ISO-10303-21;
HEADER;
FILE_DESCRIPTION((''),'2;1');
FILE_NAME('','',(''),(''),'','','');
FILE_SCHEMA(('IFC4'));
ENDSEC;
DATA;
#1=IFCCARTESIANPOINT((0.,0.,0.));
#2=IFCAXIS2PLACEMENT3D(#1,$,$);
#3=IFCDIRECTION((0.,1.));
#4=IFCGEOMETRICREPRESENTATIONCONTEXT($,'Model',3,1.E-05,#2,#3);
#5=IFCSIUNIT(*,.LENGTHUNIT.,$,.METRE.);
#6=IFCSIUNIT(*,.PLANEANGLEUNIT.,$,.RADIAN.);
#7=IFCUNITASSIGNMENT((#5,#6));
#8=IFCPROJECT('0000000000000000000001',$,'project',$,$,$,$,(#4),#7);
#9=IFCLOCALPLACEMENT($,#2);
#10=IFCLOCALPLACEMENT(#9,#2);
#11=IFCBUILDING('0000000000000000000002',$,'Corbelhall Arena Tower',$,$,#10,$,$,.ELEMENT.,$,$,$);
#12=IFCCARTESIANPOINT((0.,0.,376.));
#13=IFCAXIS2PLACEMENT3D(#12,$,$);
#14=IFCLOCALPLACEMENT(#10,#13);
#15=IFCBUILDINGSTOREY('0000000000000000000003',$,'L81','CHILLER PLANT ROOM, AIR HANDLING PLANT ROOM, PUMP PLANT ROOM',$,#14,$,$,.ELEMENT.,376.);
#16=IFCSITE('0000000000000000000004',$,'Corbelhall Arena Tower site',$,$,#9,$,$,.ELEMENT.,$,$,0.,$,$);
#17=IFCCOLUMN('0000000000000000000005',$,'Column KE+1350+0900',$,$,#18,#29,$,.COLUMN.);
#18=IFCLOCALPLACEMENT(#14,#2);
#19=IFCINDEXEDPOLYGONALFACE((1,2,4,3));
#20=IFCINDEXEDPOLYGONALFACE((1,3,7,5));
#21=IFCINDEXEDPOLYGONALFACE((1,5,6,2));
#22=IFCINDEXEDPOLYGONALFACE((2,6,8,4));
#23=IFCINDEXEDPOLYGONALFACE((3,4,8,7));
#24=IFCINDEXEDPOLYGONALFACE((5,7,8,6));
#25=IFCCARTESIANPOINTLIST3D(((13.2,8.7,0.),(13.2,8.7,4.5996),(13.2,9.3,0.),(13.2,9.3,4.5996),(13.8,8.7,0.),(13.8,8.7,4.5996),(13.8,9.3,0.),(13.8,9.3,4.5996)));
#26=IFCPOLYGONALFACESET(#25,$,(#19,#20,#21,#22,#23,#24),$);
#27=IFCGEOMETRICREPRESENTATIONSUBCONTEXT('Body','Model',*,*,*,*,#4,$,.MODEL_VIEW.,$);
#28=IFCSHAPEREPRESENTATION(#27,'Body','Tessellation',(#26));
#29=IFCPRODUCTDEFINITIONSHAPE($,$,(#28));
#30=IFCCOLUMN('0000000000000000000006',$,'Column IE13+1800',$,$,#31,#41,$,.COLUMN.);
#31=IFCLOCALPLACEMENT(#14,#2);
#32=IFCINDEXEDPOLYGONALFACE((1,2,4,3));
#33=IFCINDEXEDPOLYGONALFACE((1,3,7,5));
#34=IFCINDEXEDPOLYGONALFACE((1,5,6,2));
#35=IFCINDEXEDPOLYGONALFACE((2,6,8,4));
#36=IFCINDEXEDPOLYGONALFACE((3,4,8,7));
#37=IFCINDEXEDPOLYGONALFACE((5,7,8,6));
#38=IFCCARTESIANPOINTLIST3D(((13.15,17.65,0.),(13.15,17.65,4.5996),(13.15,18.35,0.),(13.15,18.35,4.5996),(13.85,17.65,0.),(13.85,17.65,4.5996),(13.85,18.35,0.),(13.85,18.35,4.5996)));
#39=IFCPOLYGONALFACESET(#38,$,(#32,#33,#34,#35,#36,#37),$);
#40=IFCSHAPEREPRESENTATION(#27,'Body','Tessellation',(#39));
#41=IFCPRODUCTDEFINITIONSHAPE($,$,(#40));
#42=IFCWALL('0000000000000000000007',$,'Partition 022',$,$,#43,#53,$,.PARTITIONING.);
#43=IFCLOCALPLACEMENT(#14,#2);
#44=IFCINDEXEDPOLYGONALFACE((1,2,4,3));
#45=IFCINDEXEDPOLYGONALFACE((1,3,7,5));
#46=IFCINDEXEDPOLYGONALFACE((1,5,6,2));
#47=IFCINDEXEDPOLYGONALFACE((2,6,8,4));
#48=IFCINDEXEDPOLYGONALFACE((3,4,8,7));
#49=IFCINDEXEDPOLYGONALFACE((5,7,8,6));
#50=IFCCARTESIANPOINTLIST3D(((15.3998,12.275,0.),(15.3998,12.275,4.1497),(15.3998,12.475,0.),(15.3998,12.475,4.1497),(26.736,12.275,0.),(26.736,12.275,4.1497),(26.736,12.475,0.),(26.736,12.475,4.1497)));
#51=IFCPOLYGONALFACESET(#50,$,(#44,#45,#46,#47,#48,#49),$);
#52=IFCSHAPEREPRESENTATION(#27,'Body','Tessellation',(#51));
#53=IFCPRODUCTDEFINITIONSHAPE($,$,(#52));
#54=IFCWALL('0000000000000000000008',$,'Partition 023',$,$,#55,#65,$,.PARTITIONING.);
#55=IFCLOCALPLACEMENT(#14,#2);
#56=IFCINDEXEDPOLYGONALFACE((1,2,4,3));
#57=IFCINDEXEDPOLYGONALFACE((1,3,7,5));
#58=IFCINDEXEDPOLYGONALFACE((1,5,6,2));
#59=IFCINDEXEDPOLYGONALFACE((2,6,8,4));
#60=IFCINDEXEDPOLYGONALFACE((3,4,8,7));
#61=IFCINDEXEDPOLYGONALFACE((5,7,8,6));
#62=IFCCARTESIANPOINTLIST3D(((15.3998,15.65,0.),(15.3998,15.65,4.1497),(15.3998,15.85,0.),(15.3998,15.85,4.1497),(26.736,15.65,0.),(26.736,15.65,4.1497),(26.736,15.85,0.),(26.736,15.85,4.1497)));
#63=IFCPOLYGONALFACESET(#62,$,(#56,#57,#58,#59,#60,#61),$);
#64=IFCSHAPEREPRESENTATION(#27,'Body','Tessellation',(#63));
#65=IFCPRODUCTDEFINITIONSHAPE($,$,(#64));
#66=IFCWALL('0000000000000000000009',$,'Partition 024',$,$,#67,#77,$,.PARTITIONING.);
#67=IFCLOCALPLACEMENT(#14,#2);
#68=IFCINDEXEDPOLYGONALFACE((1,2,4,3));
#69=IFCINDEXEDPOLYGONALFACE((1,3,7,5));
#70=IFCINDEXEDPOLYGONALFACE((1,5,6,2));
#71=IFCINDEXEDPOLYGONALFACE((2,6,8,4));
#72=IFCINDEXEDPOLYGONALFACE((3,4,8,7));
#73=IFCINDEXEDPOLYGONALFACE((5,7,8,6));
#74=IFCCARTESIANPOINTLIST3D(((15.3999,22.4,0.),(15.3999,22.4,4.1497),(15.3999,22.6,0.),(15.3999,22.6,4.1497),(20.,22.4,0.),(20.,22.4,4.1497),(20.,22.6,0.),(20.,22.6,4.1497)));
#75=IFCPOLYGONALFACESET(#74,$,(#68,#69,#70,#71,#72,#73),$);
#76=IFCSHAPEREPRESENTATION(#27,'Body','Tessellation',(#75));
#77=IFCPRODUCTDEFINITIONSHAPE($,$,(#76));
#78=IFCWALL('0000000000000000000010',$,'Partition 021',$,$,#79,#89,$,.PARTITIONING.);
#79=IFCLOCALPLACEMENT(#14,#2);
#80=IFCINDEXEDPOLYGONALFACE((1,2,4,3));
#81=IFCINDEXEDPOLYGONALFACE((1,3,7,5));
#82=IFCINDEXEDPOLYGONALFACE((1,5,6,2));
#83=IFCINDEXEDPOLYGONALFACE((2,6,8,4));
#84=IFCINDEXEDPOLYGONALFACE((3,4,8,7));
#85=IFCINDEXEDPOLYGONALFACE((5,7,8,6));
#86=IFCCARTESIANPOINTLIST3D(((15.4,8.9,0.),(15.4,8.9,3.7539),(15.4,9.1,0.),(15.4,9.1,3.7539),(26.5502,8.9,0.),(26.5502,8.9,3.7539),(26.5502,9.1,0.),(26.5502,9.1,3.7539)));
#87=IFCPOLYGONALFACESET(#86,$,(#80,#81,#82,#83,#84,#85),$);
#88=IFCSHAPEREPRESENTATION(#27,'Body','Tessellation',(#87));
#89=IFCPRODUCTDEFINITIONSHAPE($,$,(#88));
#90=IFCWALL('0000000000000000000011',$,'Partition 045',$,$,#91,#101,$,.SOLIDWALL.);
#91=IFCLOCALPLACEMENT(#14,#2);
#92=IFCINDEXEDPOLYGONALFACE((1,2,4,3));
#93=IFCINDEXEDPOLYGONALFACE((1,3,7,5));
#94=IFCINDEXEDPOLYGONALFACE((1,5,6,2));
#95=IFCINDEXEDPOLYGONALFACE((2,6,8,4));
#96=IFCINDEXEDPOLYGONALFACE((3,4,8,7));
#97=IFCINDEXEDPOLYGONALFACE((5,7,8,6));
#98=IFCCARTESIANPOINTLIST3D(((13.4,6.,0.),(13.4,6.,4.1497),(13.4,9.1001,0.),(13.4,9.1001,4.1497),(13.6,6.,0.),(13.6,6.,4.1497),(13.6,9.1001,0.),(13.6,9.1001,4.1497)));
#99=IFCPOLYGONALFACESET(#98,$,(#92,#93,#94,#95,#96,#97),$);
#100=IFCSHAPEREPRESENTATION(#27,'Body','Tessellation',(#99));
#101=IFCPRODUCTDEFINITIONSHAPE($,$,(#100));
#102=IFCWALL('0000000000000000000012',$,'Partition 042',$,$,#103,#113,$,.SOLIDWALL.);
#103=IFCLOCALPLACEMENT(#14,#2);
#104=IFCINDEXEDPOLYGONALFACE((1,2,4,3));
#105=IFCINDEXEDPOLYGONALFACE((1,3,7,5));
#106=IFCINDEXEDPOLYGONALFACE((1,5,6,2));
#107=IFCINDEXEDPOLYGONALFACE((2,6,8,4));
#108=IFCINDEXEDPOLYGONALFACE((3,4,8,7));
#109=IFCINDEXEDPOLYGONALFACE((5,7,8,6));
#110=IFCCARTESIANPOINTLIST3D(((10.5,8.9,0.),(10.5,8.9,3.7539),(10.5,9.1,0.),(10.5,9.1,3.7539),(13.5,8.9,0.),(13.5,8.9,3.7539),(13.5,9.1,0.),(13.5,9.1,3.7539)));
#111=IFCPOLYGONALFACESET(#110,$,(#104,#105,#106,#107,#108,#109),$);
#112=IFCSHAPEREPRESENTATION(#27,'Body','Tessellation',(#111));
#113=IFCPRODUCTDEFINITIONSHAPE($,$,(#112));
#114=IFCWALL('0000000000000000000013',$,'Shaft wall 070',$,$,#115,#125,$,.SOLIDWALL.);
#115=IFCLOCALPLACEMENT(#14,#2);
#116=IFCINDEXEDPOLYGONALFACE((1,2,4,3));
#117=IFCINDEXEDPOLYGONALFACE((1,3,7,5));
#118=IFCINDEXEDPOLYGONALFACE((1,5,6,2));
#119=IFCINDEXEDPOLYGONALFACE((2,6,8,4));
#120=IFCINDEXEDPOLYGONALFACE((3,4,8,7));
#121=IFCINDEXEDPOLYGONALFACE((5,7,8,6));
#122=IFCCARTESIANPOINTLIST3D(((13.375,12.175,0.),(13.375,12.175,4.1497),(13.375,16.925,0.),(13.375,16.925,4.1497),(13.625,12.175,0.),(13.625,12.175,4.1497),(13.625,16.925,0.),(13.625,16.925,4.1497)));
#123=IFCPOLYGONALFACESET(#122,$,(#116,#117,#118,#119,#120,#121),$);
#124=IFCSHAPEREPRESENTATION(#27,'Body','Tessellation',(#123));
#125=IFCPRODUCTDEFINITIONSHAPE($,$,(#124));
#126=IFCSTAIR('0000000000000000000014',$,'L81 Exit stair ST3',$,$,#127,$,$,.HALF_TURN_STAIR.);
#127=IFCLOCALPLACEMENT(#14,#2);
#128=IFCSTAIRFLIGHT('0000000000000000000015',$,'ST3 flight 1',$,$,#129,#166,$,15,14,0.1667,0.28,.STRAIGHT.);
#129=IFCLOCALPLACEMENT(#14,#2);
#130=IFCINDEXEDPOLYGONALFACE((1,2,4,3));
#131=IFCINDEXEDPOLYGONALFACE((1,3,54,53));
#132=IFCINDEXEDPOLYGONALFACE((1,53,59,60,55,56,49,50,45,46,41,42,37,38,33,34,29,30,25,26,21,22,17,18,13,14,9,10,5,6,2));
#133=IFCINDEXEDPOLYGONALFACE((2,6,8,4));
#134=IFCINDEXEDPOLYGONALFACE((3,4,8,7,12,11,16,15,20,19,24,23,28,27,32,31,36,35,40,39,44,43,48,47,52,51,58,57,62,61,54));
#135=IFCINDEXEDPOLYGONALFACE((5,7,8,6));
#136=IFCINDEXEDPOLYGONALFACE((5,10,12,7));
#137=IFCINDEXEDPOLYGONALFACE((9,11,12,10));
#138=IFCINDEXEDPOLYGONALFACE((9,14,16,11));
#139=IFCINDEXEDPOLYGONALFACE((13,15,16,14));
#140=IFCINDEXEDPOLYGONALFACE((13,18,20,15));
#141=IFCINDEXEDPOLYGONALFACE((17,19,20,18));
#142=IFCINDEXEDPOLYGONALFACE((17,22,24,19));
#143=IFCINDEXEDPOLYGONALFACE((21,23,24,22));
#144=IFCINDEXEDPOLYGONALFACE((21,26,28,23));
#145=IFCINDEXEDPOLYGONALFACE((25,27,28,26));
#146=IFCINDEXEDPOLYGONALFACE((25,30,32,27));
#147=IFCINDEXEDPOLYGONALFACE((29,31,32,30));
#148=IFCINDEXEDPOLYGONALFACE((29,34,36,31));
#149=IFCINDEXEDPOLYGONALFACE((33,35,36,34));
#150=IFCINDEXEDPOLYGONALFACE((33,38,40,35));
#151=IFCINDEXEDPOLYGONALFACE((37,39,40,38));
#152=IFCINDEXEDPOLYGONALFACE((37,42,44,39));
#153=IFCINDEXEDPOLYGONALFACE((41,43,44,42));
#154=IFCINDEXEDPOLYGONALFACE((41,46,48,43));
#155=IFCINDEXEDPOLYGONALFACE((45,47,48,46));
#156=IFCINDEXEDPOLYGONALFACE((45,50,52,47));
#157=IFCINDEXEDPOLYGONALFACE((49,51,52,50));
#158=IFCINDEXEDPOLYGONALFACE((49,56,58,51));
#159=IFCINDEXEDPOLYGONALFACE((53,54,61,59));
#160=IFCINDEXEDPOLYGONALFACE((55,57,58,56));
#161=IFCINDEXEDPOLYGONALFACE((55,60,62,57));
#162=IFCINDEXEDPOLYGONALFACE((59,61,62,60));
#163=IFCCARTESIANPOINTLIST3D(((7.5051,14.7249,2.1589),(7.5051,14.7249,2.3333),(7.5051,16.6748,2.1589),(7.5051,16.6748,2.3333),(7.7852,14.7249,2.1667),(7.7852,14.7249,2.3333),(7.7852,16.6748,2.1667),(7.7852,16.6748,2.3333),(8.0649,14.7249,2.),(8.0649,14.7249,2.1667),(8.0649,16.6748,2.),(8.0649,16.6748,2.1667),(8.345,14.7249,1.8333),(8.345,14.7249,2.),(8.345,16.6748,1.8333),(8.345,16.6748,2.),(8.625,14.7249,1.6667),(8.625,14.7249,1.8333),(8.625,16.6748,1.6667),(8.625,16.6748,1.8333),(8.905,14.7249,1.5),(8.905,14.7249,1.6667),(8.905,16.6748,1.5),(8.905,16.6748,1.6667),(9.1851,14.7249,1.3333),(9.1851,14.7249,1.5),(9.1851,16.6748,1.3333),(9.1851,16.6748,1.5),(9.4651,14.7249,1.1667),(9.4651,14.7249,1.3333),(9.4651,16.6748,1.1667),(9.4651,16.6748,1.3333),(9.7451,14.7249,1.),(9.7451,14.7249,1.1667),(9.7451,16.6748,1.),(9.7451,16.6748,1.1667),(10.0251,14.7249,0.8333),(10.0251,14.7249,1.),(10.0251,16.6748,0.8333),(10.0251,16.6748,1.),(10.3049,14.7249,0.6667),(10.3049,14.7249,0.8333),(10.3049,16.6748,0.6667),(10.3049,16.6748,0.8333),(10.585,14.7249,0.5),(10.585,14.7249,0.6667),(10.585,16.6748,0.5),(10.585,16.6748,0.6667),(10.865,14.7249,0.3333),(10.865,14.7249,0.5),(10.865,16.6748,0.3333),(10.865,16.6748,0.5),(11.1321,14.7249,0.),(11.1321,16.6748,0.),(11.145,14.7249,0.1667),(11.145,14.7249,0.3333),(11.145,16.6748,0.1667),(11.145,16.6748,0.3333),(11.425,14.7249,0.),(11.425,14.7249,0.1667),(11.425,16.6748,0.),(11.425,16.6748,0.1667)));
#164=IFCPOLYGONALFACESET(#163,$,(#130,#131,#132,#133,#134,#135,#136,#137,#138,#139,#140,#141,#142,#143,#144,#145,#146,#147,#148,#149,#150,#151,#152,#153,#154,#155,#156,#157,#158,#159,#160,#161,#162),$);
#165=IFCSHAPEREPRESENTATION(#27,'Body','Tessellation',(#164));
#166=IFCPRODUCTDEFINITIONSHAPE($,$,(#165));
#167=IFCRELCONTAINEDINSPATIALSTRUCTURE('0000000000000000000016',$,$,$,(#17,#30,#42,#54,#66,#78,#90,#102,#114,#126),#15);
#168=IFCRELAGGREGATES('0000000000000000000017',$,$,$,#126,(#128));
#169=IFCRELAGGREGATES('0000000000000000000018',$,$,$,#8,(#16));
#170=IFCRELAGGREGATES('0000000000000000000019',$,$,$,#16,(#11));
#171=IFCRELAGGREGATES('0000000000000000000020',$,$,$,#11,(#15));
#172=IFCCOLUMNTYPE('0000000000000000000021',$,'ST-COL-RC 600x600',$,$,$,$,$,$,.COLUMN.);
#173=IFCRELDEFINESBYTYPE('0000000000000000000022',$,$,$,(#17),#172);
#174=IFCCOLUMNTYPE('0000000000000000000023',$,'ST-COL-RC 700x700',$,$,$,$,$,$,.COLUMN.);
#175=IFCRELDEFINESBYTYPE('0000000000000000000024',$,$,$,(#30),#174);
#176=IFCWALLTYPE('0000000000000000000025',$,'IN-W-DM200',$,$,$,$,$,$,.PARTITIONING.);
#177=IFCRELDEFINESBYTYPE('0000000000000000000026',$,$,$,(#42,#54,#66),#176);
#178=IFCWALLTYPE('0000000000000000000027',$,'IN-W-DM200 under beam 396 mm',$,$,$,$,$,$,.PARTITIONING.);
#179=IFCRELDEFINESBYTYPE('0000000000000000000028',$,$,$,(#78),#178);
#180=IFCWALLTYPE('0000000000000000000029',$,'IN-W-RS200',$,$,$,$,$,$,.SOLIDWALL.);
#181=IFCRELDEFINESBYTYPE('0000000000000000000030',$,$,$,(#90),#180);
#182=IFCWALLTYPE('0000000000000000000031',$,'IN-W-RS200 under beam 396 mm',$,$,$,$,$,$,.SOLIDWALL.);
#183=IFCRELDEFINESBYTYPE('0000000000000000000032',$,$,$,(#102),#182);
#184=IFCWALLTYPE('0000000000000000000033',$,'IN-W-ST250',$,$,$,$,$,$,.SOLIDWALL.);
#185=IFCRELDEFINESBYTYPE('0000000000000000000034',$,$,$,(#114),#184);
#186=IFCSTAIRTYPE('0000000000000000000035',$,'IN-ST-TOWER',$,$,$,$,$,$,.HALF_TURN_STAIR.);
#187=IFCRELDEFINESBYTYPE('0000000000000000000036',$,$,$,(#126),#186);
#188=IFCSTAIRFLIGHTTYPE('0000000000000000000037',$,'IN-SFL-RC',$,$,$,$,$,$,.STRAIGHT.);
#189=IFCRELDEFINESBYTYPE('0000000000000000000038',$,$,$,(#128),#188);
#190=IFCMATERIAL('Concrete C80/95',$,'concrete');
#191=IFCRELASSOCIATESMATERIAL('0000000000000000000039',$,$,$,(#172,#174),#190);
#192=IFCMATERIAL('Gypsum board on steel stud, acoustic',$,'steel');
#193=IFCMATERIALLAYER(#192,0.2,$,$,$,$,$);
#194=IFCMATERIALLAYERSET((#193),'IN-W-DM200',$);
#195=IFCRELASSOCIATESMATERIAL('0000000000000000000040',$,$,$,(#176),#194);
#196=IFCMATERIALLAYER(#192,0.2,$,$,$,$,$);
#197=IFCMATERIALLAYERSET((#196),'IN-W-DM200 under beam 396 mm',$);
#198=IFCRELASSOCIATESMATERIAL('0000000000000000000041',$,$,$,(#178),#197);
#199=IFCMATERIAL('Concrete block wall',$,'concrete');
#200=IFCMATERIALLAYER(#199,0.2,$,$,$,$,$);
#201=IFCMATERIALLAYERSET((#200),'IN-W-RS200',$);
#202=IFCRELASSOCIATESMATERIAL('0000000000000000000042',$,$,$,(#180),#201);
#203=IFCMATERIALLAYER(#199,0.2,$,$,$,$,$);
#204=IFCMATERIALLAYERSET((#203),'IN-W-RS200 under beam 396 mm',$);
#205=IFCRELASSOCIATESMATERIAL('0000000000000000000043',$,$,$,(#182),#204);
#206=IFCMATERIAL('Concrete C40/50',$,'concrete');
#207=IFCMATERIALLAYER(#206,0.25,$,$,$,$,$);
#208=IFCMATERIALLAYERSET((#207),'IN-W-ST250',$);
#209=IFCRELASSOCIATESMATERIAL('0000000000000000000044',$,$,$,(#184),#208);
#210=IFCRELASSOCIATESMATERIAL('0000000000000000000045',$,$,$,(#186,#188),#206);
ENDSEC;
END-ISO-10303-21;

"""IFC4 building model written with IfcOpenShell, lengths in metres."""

from ifc_helpers import new_model, si_unit, direction, frame, frame_2d, origin, origin_2d, place, context, subcontext, project, spatial, polyline, rectangle, outline, extrude, material, layer, layer_set, material_profile, profile_set, type_object, element, aggregate, save


model = new_model("IFC4")

# Units and contexts
model_context = context("Model", 3, precision=1e-05, world=origin(), true_north=direction((0.0, 1.0)))
body_context = subcontext(model_context, "Body", "Model", "MODEL_VIEW")
ifc_project = project(units=[si_unit("LENGTHUNIT", "METRE"), si_unit("PLANEANGLEUNIT", "RADIAN")], contexts=[model_context])

# Site, building, storey
site_placement = place(None, origin())
site = spatial("IfcSite", under=ifc_project, at=site_placement, Name="Corbelhall Arena Tower site", CompositionType="ELEMENT", RefElevation=0.0)
building_placement = place(site_placement, origin())
building = spatial("IfcBuilding", under=site, at=building_placement, Name="Corbelhall Arena Tower", CompositionType="ELEMENT")
storey_placement = place(building_placement, frame((0.0, 0.0, 376.0)))
storey = spatial("IfcBuildingStorey", under=building, at=storey_placement, Name="L81", Description="CHILLER PLANT ROOM, AIR HANDLING PLANT ROOM, PUMP PLANT ROOM", CompositionType="ELEMENT", Elevation=376.0)

# Columns
ifc_material_1 = material(Name="Concrete C80/95", Category="concrete")
ifc_material_profile_1 = material_profile(ifc_material_1, rectangle(XDim=0.6001, YDim=0.6001, at=origin_2d()))
ifc_profile_set_1 = profile_set([ifc_material_profile_1], Name="Concrete C80/95")
column_type_1 = type_object("IfcColumnType", Name="ST-COL-RC 600x600", PredefinedType="COLUMN", material=ifc_profile_set_1)
column_1_placement = place(storey_placement, frame((13.5, 9.0, 0.0), z_axis=(0.0, 0.0, 1.0), x_axis=(1.0, 0.0, 0.0)))
element("IfcColumn", 1, at=column_1_placement, inside=storey, type_object=column_type_1, Name="Column KE+1350+0900", PredefinedType="COLUMN", context=body_context, shape_type="SweptSolid", body=[
    extrude(rectangle(XDim=0.6001, YDim=0.6001, at=origin_2d()), origin(), (0.0, 0.0, 1.0), 4.5996),
])
ifc_material_profile_2 = material_profile(ifc_material_1, rectangle(XDim=0.7, YDim=0.7, at=origin_2d()))
ifc_profile_set_2 = profile_set([ifc_material_profile_2], Name="Concrete C80/95")
column_type_2 = type_object("IfcColumnType", Name="ST-COL-RC 700x700", PredefinedType="COLUMN", material=ifc_profile_set_2)
column_2_placement = place(storey_placement, frame((13.5, 18.0, 0.0), z_axis=(0.0, 0.0, 1.0), x_axis=(1.0, 0.0, 0.0)))
element("IfcColumn", 2, at=column_2_placement, inside=storey, type_object=column_type_2, Name="Column IE13+1800", PredefinedType="COLUMN", context=body_context, shape_type="SweptSolid", body=[
    extrude(rectangle(XDim=0.7, YDim=0.7, at=origin_2d()), origin(), (0.0, 0.0, 1.0), 4.5996),
])

# Shared definitions
ifc_material_2 = material(Name="Gypsum board on steel stud, acoustic", Category="steel")
ifc_layer_1 = layer(ifc_material_2, 0.2)
ifc_layer_set_1 = layer_set([ifc_layer_1], Name="IN-W-DM200")
wall_type_1 = type_object("IfcWallType", Name="IN-W-DM200", PredefinedType="PARTITIONING", material=ifc_layer_set_1)

# Walls
for number, where, z_axis, x_axis, name in (
    (3, (15.3999, 12.375, 0.0), (0.0, 0.0, 1.0), (1.0, 0.0, 0.0), "Partition 022"),
    (4, (15.3999, 15.75, 0.0), (0.0, 0.0, 1.0), (1.0, 0.0, 0.0), "Partition 023"),
):
    element("IfcWall", number, at=place(storey_placement, frame(where, z_axis=z_axis, x_axis=x_axis)), inside=storey, type_object=wall_type_1, Name=name, PredefinedType="PARTITIONING", context=body_context, shape_type="SweptSolid", body=[
        extrude(rectangle(XDim=11.3362, YDim=0.2, at=frame_2d((5.668, 0.0))), origin(), (0.0, 0.0, 1.0), 4.1497),
    ])
wall_1_placement = place(storey_placement, frame((15.3999, 22.5, 0.0), z_axis=(0.0, 0.0, 1.0), x_axis=(1.0, 0.0, 0.0)))
element("IfcWall", 5, at=wall_1_placement, inside=storey, type_object=wall_type_1, Name="Partition 024", PredefinedType="PARTITIONING", context=body_context, shape_type="SweptSolid", body=[
    extrude(rectangle(XDim=4.6001, YDim=0.2, at=frame_2d((2.3, 0.0))), origin(), (0.0, 0.0, 1.0), 4.1497),
])
ifc_layer_2 = layer(ifc_material_2, 0.2)
ifc_layer_set_2 = layer_set([ifc_layer_2], Name="IN-W-DM200 under beam 396 mm")
wall_type_2 = type_object("IfcWallType", Name="IN-W-DM200 under beam 396 mm", PredefinedType="PARTITIONING", material=ifc_layer_set_2)
wall_2_placement = place(storey_placement, frame((15.3999, 9.0, 0.0), z_axis=(0.0, 0.0, 1.0), x_axis=(1.0, 0.0, 0.0)))
element("IfcWall", 6, at=wall_2_placement, inside=storey, type_object=wall_type_2, Name="Partition 021", PredefinedType="PARTITIONING", context=body_context, shape_type="SweptSolid", body=[
    extrude(rectangle(XDim=11.1501, YDim=0.2, at=frame_2d((5.5752, 0.0))), origin(), (0.0, 0.0, 1.0), 3.7539),
])

# Shared definitions
ifc_material_3 = material(Name="Concrete block wall", Category="concrete")
ifc_layer_3 = layer(ifc_material_3, 0.2)
ifc_layer_set_3 = layer_set([ifc_layer_3], Name="IN-W-RS200")
wall_type_3 = type_object("IfcWallType", Name="IN-W-RS200", PredefinedType="SOLIDWALL", material=ifc_layer_set_3)

# Walls
wall_3_placement = place(storey_placement, frame((13.5, 9.1001, 0.0), z_axis=(0.0, 0.0, 1.0), x_axis=(0.0, -1.0, 0.0)))
element("IfcWall", 7, at=wall_3_placement, inside=storey, type_object=wall_type_3, Name="Partition 045", PredefinedType="SOLIDWALL", context=body_context, shape_type="SweptSolid", body=[
    extrude(rectangle(XDim=3.1001, YDim=0.2, at=frame_2d((1.55, 0.0))), origin(), (0.0, 0.0, 1.0), 4.1497),
])
ifc_layer_4 = layer(ifc_material_3, 0.2)
ifc_layer_set_4 = layer_set([ifc_layer_4], Name="IN-W-RS200 under beam 396 mm")
wall_type_4 = type_object("IfcWallType", Name="IN-W-RS200 under beam 396 mm", PredefinedType="SOLIDWALL", material=ifc_layer_set_4)
wall_4_placement = place(storey_placement, frame((10.5, 9.0, 0.0), z_axis=(0.0, 0.0, 1.0), x_axis=(1.0, 0.0, 0.0)))
element("IfcWall", 8, at=wall_4_placement, inside=storey, type_object=wall_type_4, Name="Partition 042", PredefinedType="SOLIDWALL", context=body_context, shape_type="SweptSolid", body=[
    extrude(rectangle(XDim=3.0, YDim=0.2, at=frame_2d((1.5, 0.0))), origin(), (0.0, 0.0, 1.0), 3.7539),
])
ifc_material_4 = material(Name="Concrete C40/50", Category="concrete")
ifc_layer_5 = layer(ifc_material_4, 0.25)
ifc_layer_set_5 = layer_set([ifc_layer_5], Name="IN-W-ST250")
wall_type_5 = type_object("IfcWallType", Name="IN-W-ST250", PredefinedType="SOLIDWALL", material=ifc_layer_set_5)
wall_5_placement = place(storey_placement, frame((13.5, 12.175, 0.0), z_axis=(0.0, 0.0, 1.0), x_axis=(0.0, 1.0, 0.0)))
element("IfcWall", 9, at=wall_5_placement, inside=storey, type_object=wall_type_5, Name="Shaft wall 070", PredefinedType="SOLIDWALL", context=body_context, shape_type="SweptSolid", body=[
    extrude(rectangle(XDim=4.75, YDim=0.25, at=frame_2d((2.375, 0.0))), origin(), (0.0, 0.0, 1.0), 4.1497),
])

# Stair, stair flight
stair_type = type_object("IfcStairType", Name="IN-ST-TOWER", PredefinedType="HALF_TURN_STAIR", material=ifc_material_4)
stair_placement = place(storey_placement, origin())
stair = element("IfcStair", 10, at=stair_placement, inside=storey, type_object=stair_type, Name="L81 Exit stair ST3", PredefinedType="HALF_TURN_STAIR")
stair_flight_type = type_object("IfcStairFlightType", Name="IN-SFL-RC", PredefinedType="STRAIGHT", material=ifc_material_4)
stair_flight_placement = place(storey_placement, frame((11.425, 15.7, 0.0), z_axis=(0.0, 0.0, 1.0), x_axis=(-1.0, 0.0, 0.0)))
stair_flight = element("IfcStairFlight", 11, at=stair_flight_placement, type_object=stair_flight_type, Name="ST3 flight 1", NumberOfRisers=15, NumberOfTreads=14, PredefinedType="STRAIGHT", RiserHeight=0.1667, TreadLength=0.28, context=body_context, shape_type="SweptSolid", body=[
    extrude(outline(polyline([(0.0, 0.0), (0.0, 0.1667), (0.28, 0.1667), (0.28, 0.3333), (0.5601, 0.3333), (0.5601, 0.5), (0.8401, 0.5), (0.8401, 0.6667), (1.1201, 0.6667), (1.1201, 0.8333), (1.3999, 0.8333), (1.3999, 1.0), (1.6799, 1.0), (1.6799, 1.1667), (1.96, 1.1667), (1.96, 1.3333), (2.24, 1.3333), (2.24, 1.5), (2.52, 1.5), (2.52, 1.6667), (2.8, 1.6667), (2.8, 1.8333), (3.0801, 1.8333), (3.0801, 2.0), (3.3601, 2.0), (3.3601, 2.1667), (3.6399, 2.1667), (3.6399, 2.3333), (3.9199, 2.3333), (3.9199, 2.5), (3.9199, 2.1589), (0.293, 0.0), (0.0, 0.0)])), frame((0.0, 0.9751, 0.0), z_axis=(0.0, -1.0, 0.0), x_axis=(1.0, 0.0, 0.0)), (0.0, 0.0, 1.0), 1.95),
])
aggregate(stair, [stair_flight])

save(model, "model.ifc")
